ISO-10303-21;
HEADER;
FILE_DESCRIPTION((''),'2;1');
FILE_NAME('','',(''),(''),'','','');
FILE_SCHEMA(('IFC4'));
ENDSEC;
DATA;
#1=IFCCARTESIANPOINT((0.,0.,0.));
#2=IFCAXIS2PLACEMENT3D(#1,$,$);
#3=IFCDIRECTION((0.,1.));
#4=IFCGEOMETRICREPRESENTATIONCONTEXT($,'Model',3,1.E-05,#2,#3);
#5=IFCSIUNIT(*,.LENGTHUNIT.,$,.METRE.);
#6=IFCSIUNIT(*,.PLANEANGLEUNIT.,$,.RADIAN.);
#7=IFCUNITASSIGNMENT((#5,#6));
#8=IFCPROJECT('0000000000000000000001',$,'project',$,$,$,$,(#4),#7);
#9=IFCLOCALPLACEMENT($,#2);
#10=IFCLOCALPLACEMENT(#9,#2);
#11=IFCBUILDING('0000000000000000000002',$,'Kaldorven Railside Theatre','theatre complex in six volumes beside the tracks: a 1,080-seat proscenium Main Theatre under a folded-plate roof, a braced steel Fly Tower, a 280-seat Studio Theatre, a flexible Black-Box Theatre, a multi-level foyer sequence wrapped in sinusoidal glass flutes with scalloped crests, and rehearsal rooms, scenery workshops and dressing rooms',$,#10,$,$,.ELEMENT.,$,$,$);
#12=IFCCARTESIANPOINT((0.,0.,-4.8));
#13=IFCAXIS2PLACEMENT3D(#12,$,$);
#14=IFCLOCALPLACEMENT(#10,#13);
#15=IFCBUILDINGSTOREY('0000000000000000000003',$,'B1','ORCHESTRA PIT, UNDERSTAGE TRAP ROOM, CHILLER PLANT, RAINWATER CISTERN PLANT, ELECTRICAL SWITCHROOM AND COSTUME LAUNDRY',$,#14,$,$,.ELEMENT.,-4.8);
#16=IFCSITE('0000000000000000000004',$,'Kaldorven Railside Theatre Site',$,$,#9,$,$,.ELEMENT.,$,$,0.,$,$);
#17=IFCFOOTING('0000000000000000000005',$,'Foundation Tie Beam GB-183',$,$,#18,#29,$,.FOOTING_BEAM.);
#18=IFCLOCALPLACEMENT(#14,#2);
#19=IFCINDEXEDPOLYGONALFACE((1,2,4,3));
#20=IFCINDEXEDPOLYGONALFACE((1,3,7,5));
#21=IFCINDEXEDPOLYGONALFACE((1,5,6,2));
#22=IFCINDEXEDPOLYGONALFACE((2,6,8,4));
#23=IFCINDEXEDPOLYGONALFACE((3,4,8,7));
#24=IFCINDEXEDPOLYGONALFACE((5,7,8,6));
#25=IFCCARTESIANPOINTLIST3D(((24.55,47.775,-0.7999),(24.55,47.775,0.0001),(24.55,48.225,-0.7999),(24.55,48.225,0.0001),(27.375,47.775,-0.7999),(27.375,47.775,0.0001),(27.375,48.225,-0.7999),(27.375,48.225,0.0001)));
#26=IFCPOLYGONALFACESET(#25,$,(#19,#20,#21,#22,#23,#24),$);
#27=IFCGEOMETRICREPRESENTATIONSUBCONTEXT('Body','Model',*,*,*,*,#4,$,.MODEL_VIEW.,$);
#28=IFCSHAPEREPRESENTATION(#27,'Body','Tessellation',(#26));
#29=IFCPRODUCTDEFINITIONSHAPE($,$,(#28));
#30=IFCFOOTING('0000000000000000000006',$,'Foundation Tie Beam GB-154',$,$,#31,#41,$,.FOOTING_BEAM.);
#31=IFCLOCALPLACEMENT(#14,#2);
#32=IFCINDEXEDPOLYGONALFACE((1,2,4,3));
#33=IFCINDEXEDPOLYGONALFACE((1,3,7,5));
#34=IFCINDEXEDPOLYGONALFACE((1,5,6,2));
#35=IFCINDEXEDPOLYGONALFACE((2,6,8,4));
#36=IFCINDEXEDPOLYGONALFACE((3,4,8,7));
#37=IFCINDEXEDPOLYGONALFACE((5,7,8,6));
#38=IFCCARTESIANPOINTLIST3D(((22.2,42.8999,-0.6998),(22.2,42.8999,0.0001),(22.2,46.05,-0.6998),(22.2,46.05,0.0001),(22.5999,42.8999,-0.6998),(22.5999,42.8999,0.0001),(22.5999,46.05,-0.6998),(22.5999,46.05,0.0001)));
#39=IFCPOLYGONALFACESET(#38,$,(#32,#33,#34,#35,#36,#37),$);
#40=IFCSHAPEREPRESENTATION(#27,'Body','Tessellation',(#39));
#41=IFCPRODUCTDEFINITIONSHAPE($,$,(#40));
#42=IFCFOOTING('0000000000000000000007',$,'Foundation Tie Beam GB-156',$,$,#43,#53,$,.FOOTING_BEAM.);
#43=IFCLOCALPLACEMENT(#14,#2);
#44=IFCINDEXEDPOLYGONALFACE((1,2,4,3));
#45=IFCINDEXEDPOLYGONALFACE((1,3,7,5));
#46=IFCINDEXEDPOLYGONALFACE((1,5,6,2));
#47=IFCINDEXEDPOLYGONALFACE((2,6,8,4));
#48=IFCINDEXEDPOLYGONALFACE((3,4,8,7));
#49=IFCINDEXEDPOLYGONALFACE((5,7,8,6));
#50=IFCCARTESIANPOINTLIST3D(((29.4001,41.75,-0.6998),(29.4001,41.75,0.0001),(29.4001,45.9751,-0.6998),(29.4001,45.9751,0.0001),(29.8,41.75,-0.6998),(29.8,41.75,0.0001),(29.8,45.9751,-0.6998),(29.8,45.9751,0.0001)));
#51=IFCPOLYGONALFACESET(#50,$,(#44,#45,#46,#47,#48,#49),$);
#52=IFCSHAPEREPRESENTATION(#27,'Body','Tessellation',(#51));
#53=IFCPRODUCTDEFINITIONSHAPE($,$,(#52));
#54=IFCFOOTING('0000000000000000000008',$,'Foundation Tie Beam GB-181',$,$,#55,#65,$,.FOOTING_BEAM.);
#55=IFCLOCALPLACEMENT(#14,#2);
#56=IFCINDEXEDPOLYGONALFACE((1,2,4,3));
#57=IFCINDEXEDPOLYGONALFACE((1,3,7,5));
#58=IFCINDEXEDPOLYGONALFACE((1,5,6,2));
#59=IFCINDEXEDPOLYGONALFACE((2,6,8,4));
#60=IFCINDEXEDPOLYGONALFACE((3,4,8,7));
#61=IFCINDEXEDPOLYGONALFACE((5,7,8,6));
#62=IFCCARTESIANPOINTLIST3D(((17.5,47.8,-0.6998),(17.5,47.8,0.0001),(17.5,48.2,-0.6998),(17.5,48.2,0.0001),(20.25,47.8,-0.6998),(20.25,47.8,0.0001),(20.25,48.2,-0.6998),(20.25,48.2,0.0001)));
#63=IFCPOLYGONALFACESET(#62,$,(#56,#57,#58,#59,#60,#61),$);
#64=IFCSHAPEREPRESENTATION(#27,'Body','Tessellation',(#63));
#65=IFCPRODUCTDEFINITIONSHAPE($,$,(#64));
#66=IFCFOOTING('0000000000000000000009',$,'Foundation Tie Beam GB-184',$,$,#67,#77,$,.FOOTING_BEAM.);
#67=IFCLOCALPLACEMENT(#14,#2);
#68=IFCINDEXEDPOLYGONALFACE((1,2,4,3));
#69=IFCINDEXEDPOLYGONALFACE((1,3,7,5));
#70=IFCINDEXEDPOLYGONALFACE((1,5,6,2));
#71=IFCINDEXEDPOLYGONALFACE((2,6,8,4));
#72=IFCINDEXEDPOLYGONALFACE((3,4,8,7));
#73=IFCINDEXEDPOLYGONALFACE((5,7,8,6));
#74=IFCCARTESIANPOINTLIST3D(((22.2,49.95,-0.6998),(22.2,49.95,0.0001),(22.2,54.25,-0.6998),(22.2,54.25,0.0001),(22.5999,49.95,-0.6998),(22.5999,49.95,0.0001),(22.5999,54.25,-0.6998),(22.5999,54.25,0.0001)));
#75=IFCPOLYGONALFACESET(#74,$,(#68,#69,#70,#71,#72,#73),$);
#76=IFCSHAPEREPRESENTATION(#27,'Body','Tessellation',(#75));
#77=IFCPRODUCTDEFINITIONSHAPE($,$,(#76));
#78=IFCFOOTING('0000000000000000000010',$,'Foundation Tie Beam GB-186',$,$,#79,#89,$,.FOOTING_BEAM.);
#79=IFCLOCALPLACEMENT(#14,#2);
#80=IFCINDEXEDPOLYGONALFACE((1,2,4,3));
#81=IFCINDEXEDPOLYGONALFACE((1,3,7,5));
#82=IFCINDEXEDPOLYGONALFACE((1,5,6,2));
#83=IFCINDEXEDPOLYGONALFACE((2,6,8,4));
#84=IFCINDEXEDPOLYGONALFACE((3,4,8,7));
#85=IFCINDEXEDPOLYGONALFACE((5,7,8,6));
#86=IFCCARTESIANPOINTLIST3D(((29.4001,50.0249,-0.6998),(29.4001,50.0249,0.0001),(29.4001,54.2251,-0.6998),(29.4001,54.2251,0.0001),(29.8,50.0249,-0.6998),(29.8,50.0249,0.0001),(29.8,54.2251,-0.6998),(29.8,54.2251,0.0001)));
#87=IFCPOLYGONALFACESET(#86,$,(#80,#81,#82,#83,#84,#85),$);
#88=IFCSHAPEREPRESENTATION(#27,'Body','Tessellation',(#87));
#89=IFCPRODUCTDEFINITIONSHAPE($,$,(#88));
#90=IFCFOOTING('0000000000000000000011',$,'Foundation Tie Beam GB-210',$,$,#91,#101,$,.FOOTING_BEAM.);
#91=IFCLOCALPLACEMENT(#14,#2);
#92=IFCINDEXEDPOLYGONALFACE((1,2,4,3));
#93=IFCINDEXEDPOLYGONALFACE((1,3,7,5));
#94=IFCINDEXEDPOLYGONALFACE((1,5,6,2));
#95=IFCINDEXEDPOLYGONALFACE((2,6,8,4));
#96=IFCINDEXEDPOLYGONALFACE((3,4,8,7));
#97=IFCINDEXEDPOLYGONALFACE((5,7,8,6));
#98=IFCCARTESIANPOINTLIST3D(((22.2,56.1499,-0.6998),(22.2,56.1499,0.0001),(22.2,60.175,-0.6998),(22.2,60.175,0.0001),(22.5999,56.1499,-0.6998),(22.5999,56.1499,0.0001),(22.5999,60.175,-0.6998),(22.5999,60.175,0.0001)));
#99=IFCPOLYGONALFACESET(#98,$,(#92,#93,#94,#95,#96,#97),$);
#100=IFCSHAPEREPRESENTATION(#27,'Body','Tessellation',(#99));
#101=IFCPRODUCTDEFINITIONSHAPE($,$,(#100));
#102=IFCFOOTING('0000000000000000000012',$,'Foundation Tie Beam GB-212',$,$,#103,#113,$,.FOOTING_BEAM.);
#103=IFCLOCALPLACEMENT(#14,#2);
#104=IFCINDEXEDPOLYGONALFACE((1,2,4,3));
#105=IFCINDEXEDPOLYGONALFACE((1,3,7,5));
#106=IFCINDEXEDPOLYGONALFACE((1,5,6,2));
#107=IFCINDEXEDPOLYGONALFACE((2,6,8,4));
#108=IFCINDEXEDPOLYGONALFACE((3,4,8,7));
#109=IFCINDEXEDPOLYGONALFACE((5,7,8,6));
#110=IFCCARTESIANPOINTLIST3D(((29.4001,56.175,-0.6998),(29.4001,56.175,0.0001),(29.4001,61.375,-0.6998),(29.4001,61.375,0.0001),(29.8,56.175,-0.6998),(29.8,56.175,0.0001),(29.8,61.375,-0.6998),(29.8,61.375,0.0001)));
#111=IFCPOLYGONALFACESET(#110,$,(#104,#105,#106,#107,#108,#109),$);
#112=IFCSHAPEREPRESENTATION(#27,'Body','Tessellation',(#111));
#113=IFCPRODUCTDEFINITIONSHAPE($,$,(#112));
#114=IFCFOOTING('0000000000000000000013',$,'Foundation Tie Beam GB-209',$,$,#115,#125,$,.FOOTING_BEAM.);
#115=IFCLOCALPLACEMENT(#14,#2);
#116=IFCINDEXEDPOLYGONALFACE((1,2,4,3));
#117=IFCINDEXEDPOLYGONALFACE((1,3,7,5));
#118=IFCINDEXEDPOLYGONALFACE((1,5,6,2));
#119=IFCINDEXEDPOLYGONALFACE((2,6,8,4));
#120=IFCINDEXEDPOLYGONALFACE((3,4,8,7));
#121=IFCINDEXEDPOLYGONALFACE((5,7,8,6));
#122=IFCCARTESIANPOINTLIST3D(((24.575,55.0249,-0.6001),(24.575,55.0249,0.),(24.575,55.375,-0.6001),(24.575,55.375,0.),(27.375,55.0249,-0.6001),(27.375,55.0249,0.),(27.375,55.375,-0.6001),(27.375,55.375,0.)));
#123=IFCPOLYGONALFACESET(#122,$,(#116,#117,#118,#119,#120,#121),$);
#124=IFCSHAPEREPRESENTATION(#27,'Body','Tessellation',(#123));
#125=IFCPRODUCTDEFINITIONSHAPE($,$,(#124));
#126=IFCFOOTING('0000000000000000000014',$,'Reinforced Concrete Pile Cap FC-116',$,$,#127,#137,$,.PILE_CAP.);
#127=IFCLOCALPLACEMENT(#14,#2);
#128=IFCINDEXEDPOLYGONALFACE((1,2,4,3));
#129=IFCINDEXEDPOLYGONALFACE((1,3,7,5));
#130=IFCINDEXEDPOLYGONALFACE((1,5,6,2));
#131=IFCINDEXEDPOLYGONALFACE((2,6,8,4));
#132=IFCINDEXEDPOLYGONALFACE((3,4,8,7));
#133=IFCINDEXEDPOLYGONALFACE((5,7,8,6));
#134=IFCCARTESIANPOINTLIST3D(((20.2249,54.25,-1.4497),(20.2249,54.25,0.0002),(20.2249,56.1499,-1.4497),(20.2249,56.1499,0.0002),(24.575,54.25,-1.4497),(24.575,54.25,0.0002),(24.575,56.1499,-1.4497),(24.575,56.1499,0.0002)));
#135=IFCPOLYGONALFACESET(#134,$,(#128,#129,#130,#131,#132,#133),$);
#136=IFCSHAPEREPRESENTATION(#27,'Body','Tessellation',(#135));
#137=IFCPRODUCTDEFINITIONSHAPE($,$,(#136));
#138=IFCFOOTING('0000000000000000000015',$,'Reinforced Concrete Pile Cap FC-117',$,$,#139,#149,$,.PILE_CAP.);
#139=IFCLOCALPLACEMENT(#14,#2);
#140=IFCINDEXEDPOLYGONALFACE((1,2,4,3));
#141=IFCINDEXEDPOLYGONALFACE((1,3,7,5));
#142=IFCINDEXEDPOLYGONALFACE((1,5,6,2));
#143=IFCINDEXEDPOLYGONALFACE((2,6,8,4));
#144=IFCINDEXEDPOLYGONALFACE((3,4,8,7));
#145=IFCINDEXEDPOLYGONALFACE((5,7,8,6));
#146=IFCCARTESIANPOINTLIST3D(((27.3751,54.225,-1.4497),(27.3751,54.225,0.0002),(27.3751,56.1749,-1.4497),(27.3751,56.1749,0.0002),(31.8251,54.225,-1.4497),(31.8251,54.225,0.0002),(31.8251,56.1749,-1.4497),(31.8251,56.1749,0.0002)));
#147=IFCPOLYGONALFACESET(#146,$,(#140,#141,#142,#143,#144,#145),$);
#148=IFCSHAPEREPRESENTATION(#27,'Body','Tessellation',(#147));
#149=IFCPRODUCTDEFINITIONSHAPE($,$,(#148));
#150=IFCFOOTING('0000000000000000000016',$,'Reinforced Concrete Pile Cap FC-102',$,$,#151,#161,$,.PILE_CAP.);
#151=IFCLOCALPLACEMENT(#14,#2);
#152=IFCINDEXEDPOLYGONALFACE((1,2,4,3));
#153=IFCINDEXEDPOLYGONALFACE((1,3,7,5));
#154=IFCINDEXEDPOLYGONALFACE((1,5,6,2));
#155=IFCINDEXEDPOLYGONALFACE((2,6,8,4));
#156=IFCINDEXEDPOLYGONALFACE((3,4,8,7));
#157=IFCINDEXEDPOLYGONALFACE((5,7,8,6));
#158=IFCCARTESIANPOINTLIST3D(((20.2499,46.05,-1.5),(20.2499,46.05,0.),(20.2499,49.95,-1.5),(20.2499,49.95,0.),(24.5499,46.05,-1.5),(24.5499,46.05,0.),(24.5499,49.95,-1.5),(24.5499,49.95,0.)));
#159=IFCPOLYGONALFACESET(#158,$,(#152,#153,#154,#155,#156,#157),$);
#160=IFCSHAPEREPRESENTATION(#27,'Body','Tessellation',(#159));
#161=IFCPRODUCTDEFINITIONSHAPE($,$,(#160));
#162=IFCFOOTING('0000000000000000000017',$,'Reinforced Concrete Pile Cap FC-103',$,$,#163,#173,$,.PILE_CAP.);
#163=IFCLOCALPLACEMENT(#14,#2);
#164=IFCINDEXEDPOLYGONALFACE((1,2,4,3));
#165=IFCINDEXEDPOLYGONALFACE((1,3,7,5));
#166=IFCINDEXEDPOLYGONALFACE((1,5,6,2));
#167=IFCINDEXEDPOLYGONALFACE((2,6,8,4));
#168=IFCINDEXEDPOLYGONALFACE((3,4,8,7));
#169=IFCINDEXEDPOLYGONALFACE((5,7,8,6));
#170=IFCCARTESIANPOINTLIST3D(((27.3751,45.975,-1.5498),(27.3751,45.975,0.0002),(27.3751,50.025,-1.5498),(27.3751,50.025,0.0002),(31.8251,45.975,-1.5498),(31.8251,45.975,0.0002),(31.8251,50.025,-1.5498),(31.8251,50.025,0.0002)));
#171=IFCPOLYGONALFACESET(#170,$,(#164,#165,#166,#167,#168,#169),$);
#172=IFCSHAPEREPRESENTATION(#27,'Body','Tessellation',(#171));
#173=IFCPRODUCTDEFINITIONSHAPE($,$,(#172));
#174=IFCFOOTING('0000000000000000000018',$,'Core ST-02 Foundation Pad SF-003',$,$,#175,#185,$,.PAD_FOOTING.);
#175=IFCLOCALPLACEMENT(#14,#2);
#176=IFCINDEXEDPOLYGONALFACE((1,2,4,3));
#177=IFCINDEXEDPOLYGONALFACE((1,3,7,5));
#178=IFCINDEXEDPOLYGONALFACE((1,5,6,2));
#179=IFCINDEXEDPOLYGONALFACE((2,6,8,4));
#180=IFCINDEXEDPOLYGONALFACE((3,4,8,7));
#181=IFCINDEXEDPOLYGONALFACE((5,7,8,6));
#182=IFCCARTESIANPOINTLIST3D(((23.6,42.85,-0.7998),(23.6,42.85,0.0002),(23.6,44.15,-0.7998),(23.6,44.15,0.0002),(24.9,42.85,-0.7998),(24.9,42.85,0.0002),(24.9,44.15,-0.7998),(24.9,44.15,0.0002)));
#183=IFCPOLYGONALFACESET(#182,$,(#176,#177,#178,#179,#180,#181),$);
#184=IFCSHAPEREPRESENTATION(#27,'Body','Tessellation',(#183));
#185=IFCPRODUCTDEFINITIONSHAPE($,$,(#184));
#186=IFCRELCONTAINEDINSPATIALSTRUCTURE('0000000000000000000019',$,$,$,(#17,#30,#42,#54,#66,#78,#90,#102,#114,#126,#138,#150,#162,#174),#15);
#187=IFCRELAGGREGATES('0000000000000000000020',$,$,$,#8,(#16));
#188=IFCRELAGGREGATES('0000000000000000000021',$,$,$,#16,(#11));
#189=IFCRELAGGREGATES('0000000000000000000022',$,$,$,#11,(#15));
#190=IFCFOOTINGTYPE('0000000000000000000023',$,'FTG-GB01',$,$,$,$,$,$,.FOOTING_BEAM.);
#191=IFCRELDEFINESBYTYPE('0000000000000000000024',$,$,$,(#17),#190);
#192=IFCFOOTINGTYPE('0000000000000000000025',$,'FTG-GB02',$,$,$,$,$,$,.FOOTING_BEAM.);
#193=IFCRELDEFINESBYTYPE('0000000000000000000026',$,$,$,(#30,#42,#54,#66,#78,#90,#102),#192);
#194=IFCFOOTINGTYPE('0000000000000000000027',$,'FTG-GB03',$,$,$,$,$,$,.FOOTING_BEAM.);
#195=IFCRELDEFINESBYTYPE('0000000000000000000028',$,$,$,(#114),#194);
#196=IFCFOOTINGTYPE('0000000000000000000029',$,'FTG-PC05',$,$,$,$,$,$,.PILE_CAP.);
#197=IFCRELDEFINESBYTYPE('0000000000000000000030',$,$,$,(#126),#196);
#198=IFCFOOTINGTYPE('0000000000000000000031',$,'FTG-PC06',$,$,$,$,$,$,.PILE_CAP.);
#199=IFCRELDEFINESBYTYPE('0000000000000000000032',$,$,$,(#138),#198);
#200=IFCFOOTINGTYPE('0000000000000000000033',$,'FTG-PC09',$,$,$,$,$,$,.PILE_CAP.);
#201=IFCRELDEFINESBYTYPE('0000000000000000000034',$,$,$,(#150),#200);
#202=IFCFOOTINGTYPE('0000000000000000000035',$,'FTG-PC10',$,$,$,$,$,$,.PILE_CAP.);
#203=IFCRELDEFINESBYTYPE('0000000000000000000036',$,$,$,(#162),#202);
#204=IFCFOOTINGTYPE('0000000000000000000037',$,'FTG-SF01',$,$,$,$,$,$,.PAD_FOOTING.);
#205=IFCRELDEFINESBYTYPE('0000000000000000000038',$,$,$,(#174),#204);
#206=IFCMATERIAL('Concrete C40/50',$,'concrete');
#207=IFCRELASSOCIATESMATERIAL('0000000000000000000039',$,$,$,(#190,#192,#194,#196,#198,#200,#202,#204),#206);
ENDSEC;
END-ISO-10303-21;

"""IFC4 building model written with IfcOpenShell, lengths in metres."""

from ifc_helpers import new_model, si_unit, direction, frame, origin, origin_2d, place, context, subcontext, project, spatial, rectangle, extrude, material, material_profile, profile_set, type_object, element, save


model = new_model("IFC4")

# Units and contexts
model_context = context("Model", 3, precision=1e-05, world=origin(), true_north=direction((0.0, 1.0)))
body_context = subcontext(model_context, "Body", "Model", "MODEL_VIEW")
ifc_project = project(units=[si_unit("LENGTHUNIT", "METRE"), si_unit("PLANEANGLEUNIT", "RADIAN")], contexts=[model_context])

# Site, building, storey
site_placement = place(None, origin())
site = spatial("IfcSite", under=ifc_project, at=site_placement, Name="Kaldorven Railside Theatre Site", CompositionType="ELEMENT", RefElevation=0.0)
building_placement = place(site_placement, origin())
building = spatial("IfcBuilding", under=site, at=building_placement, Name="Kaldorven Railside Theatre", Description="theatre complex in six volumes beside the tracks: a 1,080-seat proscenium Main Theatre under a folded-plate roof, a braced steel Fly Tower, a 280-seat Studio Theatre, a flexible Black-Box Theatre, a multi-level foyer sequence wrapped in sinusoidal glass flutes with scalloped crests, and rehearsal rooms, scenery workshops and dressing rooms", CompositionType="ELEMENT")
storey_placement = place(building_placement, frame((0.0, 0.0, -4.8)))
storey = spatial("IfcBuildingStorey", under=building, at=storey_placement, Name="B1", Description="ORCHESTRA PIT, UNDERSTAGE TRAP ROOM, CHILLER PLANT, RAINWATER CISTERN PLANT, ELECTRICAL SWITCHROOM AND COSTUME LAUNDRY", CompositionType="ELEMENT", Elevation=-4.8)

# Footings
ifc_material_1 = material(Name="Concrete C40/50", Category="concrete")
ifc_material_profile_1 = material_profile(ifc_material_1, rectangle(XDim=0.45, YDim=0.8, at=origin_2d()), Name="RC 450x800")
ifc_profile_set_1 = profile_set([ifc_material_profile_1], Name="Concrete C40/50")
footing_type_1 = type_object("IfcFootingType", Name="FTG-GB01", PredefinedType="FOOTING_BEAM", material=ifc_profile_set_1)
footing_1_placement = place(storey_placement, frame((24.55, 48.0, -0.3999), z_axis=(1.0, 0.0, 0.0), x_axis=(0.0, 1.0, 0.0)))
element("IfcFooting", 1, at=footing_1_placement, inside=storey, type_object=footing_type_1, Name="Foundation Tie Beam GB-183", PredefinedType="FOOTING_BEAM", context=body_context, shape_type="SweptSolid", body=[
    extrude(rectangle(XDim=0.45, YDim=0.8, at=origin_2d()), origin(), (0.0, 0.0, 1.0), 2.825),
])
ifc_material_profile_2 = material_profile(ifc_material_1, rectangle(XDim=0.3999, YDim=0.7, at=origin_2d()), Name="RC 400x700")
ifc_profile_set_2 = profile_set([ifc_material_profile_2], Name="Concrete C40/50")
footing_type_2 = type_object("IfcFootingType", Name="FTG-GB02", PredefinedType="FOOTING_BEAM", material=ifc_profile_set_2)
footing_2_placement = place(storey_placement, frame((22.3999, 42.8999, -0.3499), z_axis=(0.0, 1.0, 0.0), x_axis=(-1.0, 0.0, 0.0)))
element("IfcFooting", 2, at=footing_2_placement, inside=storey, type_object=footing_type_2, Name="Foundation Tie Beam GB-154", PredefinedType="FOOTING_BEAM", context=body_context, shape_type="SweptSolid", body=[
    extrude(rectangle(XDim=0.3999, YDim=0.7, at=origin_2d()), origin(), (0.0, 0.0, 1.0), 3.1501),
])
footing_3_placement = place(storey_placement, frame((29.6001, 41.75, -0.3499), z_axis=(0.0, 1.0, 0.0), x_axis=(-1.0, 0.0, 0.0)))
element("IfcFooting", 3, at=footing_3_placement, inside=storey, type_object=footing_type_2, Name="Foundation Tie Beam GB-156", PredefinedType="FOOTING_BEAM", context=body_context, shape_type="SweptSolid", body=[
    extrude(rectangle(XDim=0.3999, YDim=0.7, at=origin_2d()), origin(), (0.0, 0.0, 1.0), 4.2251),
])
footing_4_placement = place(storey_placement, frame((17.5, 48.0, -0.3499), z_axis=(1.0, 0.0, 0.0), x_axis=(0.0, 1.0, 0.0)))
element("IfcFooting", 4, at=footing_4_placement, inside=storey, type_object=footing_type_2, Name="Foundation Tie Beam GB-181", PredefinedType="FOOTING_BEAM", context=body_context, shape_type="SweptSolid", body=[
    extrude(rectangle(XDim=0.3999, YDim=0.7, at=origin_2d()), origin(), (0.0, 0.0, 1.0), 2.75),
])
footing_5_placement = place(storey_placement, frame((22.3999, 49.95, -0.3499), z_axis=(0.0, 1.0, 0.0), x_axis=(-1.0, 0.0, 0.0)))
element("IfcFooting", 5, at=footing_5_placement, inside=storey, type_object=footing_type_2, Name="Foundation Tie Beam GB-184", PredefinedType="FOOTING_BEAM", context=body_context, shape_type="SweptSolid", body=[
    extrude(rectangle(XDim=0.3999, YDim=0.7, at=origin_2d()), origin(), (0.0, 0.0, 1.0), 4.3),
])
footing_6_placement = place(storey_placement, frame((29.6001, 50.0249, -0.3499), z_axis=(0.0, 1.0, 0.0), x_axis=(-1.0, 0.0, 0.0)))
element("IfcFooting", 6, at=footing_6_placement, inside=storey, type_object=footing_type_2, Name="Foundation Tie Beam GB-186", PredefinedType="FOOTING_BEAM", context=body_context, shape_type="SweptSolid", body=[
    extrude(rectangle(XDim=0.3999, YDim=0.7, at=origin_2d()), origin(), (0.0, 0.0, 1.0), 4.2002),
])
footing_7_placement = place(storey_placement, frame((22.3999, 56.1499, -0.3499), z_axis=(0.0, 1.0, 0.0), x_axis=(-1.0, 0.0, 0.0)))
element("IfcFooting", 7, at=footing_7_placement, inside=storey, type_object=footing_type_2, Name="Foundation Tie Beam GB-210", PredefinedType="FOOTING_BEAM", context=body_context, shape_type="SweptSolid", body=[
    extrude(rectangle(XDim=0.3999, YDim=0.7, at=origin_2d()), origin(), (0.0, 0.0, 1.0), 4.0251),
])
footing_8_placement = place(storey_placement, frame((29.6001, 56.175, -0.3499), z_axis=(0.0, 1.0, 0.0), x_axis=(-1.0, 0.0, 0.0)))
element("IfcFooting", 8, at=footing_8_placement, inside=storey, type_object=footing_type_2, Name="Foundation Tie Beam GB-212", PredefinedType="FOOTING_BEAM", context=body_context, shape_type="SweptSolid", body=[
    extrude(rectangle(XDim=0.3999, YDim=0.7, at=origin_2d()), origin(), (0.0, 0.0, 1.0), 5.2),
])
ifc_material_profile_3 = material_profile(ifc_material_1, rectangle(XDim=0.3501, YDim=0.6001, at=origin_2d()), Name="RC 350x600")
ifc_profile_set_3 = profile_set([ifc_material_profile_3], Name="Concrete C40/50")
footing_type_3 = type_object("IfcFootingType", Name="FTG-GB03", PredefinedType="FOOTING_BEAM", material=ifc_profile_set_3)
footing_9_placement = place(storey_placement, frame((24.575, 55.2, -0.3), z_axis=(1.0, 0.0, 0.0), x_axis=(0.0, 1.0, 0.0)))
element("IfcFooting", 9, at=footing_9_placement, inside=storey, type_object=footing_type_3, Name="Foundation Tie Beam GB-209", PredefinedType="FOOTING_BEAM", context=body_context, shape_type="SweptSolid", body=[
    extrude(rectangle(XDim=0.3501, YDim=0.6001, at=origin_2d()), origin(), (0.0, 0.0, 1.0), 2.8),
])
footing_type_4 = type_object("IfcFootingType", Name="FTG-PC05", PredefinedType="PILE_CAP", material=ifc_material_1)
footing_10_placement = place(storey_placement, frame((22.3999, 55.2, -1.4497), z_axis=(0.0, 0.0, 1.0), x_axis=(1.0, 0.0, 0.0)))
element("IfcFooting", 10, at=footing_10_placement, inside=storey, type_object=footing_type_4, Name="Reinforced Concrete Pile Cap FC-116", PredefinedType="PILE_CAP", context=body_context, shape_type="SweptSolid", body=[
    extrude(rectangle(XDim=4.3501, YDim=1.8999, at=origin_2d()), origin(), (0.0, 0.0, 1.0), 1.45),
])
footing_type_5 = type_object("IfcFootingType", Name="FTG-PC06", PredefinedType="PILE_CAP", material=ifc_material_1)
footing_11_placement = place(storey_placement, frame((29.6001, 55.2, -1.4497), z_axis=(0.0, 0.0, 1.0), x_axis=(1.0, 0.0, 0.0)))
element("IfcFooting", 11, at=footing_11_placement, inside=storey, type_object=footing_type_5, Name="Reinforced Concrete Pile Cap FC-117", PredefinedType="PILE_CAP", context=body_context, shape_type="SweptSolid", body=[
    extrude(rectangle(XDim=4.45, YDim=1.95, at=origin_2d()), origin(), (0.0, 0.0, 1.0), 1.45),
])
footing_type_6 = type_object("IfcFootingType", Name="FTG-PC09", PredefinedType="PILE_CAP", material=ifc_material_1)
footing_12_placement = place(storey_placement, frame((22.3999, 48.0, -1.5), z_axis=(0.0, 0.0, 1.0), x_axis=(1.0, 0.0, 0.0)))
element("IfcFooting", 12, at=footing_12_placement, inside=storey, type_object=footing_type_6, Name="Reinforced Concrete Pile Cap FC-102", PredefinedType="PILE_CAP", context=body_context, shape_type="SweptSolid", body=[
    extrude(rectangle(XDim=4.3, YDim=3.8999, at=origin_2d()), origin(), (0.0, 0.0, 1.0), 1.5),
])
footing_type_7 = type_object("IfcFootingType", Name="FTG-PC10", PredefinedType="PILE_CAP", material=ifc_material_1)
footing_13_placement = place(storey_placement, frame((29.6001, 48.0, -1.5498), z_axis=(0.0, 0.0, 1.0), x_axis=(1.0, 0.0, 0.0)))
element("IfcFooting", 13, at=footing_13_placement, inside=storey, type_object=footing_type_7, Name="Reinforced Concrete Pile Cap FC-103", PredefinedType="PILE_CAP", context=body_context, shape_type="SweptSolid", body=[
    extrude(rectangle(XDim=4.45, YDim=4.05, at=origin_2d()), origin(), (0.0, 0.0, 1.0), 1.55),
])
footing_type_8 = type_object("IfcFootingType", Name="FTG-SF01", PredefinedType="PAD_FOOTING", material=ifc_material_1)
for number, where, z_axis, x_axis, name in (
    (14, (24.25, 43.5, -0.7998), (0.0, 0.0, 1.0), (1.0, 0.0, 0.0), "Core ST-02 Foundation Pad SF-003"),
):
    element("IfcFooting", number, at=place(storey_placement, frame(where, z_axis=z_axis, x_axis=x_axis)), inside=storey, type_object=footing_type_8, Name=name, PredefinedType="PAD_FOOTING", context=body_context, shape_type="SweptSolid", body=[
        extrude(rectangle(XDim=1.3, YDim=1.3, at=origin_2d()), origin(), (0.0, 0.0, 1.0), 0.8),
    ])

save(model, "model.ifc")
